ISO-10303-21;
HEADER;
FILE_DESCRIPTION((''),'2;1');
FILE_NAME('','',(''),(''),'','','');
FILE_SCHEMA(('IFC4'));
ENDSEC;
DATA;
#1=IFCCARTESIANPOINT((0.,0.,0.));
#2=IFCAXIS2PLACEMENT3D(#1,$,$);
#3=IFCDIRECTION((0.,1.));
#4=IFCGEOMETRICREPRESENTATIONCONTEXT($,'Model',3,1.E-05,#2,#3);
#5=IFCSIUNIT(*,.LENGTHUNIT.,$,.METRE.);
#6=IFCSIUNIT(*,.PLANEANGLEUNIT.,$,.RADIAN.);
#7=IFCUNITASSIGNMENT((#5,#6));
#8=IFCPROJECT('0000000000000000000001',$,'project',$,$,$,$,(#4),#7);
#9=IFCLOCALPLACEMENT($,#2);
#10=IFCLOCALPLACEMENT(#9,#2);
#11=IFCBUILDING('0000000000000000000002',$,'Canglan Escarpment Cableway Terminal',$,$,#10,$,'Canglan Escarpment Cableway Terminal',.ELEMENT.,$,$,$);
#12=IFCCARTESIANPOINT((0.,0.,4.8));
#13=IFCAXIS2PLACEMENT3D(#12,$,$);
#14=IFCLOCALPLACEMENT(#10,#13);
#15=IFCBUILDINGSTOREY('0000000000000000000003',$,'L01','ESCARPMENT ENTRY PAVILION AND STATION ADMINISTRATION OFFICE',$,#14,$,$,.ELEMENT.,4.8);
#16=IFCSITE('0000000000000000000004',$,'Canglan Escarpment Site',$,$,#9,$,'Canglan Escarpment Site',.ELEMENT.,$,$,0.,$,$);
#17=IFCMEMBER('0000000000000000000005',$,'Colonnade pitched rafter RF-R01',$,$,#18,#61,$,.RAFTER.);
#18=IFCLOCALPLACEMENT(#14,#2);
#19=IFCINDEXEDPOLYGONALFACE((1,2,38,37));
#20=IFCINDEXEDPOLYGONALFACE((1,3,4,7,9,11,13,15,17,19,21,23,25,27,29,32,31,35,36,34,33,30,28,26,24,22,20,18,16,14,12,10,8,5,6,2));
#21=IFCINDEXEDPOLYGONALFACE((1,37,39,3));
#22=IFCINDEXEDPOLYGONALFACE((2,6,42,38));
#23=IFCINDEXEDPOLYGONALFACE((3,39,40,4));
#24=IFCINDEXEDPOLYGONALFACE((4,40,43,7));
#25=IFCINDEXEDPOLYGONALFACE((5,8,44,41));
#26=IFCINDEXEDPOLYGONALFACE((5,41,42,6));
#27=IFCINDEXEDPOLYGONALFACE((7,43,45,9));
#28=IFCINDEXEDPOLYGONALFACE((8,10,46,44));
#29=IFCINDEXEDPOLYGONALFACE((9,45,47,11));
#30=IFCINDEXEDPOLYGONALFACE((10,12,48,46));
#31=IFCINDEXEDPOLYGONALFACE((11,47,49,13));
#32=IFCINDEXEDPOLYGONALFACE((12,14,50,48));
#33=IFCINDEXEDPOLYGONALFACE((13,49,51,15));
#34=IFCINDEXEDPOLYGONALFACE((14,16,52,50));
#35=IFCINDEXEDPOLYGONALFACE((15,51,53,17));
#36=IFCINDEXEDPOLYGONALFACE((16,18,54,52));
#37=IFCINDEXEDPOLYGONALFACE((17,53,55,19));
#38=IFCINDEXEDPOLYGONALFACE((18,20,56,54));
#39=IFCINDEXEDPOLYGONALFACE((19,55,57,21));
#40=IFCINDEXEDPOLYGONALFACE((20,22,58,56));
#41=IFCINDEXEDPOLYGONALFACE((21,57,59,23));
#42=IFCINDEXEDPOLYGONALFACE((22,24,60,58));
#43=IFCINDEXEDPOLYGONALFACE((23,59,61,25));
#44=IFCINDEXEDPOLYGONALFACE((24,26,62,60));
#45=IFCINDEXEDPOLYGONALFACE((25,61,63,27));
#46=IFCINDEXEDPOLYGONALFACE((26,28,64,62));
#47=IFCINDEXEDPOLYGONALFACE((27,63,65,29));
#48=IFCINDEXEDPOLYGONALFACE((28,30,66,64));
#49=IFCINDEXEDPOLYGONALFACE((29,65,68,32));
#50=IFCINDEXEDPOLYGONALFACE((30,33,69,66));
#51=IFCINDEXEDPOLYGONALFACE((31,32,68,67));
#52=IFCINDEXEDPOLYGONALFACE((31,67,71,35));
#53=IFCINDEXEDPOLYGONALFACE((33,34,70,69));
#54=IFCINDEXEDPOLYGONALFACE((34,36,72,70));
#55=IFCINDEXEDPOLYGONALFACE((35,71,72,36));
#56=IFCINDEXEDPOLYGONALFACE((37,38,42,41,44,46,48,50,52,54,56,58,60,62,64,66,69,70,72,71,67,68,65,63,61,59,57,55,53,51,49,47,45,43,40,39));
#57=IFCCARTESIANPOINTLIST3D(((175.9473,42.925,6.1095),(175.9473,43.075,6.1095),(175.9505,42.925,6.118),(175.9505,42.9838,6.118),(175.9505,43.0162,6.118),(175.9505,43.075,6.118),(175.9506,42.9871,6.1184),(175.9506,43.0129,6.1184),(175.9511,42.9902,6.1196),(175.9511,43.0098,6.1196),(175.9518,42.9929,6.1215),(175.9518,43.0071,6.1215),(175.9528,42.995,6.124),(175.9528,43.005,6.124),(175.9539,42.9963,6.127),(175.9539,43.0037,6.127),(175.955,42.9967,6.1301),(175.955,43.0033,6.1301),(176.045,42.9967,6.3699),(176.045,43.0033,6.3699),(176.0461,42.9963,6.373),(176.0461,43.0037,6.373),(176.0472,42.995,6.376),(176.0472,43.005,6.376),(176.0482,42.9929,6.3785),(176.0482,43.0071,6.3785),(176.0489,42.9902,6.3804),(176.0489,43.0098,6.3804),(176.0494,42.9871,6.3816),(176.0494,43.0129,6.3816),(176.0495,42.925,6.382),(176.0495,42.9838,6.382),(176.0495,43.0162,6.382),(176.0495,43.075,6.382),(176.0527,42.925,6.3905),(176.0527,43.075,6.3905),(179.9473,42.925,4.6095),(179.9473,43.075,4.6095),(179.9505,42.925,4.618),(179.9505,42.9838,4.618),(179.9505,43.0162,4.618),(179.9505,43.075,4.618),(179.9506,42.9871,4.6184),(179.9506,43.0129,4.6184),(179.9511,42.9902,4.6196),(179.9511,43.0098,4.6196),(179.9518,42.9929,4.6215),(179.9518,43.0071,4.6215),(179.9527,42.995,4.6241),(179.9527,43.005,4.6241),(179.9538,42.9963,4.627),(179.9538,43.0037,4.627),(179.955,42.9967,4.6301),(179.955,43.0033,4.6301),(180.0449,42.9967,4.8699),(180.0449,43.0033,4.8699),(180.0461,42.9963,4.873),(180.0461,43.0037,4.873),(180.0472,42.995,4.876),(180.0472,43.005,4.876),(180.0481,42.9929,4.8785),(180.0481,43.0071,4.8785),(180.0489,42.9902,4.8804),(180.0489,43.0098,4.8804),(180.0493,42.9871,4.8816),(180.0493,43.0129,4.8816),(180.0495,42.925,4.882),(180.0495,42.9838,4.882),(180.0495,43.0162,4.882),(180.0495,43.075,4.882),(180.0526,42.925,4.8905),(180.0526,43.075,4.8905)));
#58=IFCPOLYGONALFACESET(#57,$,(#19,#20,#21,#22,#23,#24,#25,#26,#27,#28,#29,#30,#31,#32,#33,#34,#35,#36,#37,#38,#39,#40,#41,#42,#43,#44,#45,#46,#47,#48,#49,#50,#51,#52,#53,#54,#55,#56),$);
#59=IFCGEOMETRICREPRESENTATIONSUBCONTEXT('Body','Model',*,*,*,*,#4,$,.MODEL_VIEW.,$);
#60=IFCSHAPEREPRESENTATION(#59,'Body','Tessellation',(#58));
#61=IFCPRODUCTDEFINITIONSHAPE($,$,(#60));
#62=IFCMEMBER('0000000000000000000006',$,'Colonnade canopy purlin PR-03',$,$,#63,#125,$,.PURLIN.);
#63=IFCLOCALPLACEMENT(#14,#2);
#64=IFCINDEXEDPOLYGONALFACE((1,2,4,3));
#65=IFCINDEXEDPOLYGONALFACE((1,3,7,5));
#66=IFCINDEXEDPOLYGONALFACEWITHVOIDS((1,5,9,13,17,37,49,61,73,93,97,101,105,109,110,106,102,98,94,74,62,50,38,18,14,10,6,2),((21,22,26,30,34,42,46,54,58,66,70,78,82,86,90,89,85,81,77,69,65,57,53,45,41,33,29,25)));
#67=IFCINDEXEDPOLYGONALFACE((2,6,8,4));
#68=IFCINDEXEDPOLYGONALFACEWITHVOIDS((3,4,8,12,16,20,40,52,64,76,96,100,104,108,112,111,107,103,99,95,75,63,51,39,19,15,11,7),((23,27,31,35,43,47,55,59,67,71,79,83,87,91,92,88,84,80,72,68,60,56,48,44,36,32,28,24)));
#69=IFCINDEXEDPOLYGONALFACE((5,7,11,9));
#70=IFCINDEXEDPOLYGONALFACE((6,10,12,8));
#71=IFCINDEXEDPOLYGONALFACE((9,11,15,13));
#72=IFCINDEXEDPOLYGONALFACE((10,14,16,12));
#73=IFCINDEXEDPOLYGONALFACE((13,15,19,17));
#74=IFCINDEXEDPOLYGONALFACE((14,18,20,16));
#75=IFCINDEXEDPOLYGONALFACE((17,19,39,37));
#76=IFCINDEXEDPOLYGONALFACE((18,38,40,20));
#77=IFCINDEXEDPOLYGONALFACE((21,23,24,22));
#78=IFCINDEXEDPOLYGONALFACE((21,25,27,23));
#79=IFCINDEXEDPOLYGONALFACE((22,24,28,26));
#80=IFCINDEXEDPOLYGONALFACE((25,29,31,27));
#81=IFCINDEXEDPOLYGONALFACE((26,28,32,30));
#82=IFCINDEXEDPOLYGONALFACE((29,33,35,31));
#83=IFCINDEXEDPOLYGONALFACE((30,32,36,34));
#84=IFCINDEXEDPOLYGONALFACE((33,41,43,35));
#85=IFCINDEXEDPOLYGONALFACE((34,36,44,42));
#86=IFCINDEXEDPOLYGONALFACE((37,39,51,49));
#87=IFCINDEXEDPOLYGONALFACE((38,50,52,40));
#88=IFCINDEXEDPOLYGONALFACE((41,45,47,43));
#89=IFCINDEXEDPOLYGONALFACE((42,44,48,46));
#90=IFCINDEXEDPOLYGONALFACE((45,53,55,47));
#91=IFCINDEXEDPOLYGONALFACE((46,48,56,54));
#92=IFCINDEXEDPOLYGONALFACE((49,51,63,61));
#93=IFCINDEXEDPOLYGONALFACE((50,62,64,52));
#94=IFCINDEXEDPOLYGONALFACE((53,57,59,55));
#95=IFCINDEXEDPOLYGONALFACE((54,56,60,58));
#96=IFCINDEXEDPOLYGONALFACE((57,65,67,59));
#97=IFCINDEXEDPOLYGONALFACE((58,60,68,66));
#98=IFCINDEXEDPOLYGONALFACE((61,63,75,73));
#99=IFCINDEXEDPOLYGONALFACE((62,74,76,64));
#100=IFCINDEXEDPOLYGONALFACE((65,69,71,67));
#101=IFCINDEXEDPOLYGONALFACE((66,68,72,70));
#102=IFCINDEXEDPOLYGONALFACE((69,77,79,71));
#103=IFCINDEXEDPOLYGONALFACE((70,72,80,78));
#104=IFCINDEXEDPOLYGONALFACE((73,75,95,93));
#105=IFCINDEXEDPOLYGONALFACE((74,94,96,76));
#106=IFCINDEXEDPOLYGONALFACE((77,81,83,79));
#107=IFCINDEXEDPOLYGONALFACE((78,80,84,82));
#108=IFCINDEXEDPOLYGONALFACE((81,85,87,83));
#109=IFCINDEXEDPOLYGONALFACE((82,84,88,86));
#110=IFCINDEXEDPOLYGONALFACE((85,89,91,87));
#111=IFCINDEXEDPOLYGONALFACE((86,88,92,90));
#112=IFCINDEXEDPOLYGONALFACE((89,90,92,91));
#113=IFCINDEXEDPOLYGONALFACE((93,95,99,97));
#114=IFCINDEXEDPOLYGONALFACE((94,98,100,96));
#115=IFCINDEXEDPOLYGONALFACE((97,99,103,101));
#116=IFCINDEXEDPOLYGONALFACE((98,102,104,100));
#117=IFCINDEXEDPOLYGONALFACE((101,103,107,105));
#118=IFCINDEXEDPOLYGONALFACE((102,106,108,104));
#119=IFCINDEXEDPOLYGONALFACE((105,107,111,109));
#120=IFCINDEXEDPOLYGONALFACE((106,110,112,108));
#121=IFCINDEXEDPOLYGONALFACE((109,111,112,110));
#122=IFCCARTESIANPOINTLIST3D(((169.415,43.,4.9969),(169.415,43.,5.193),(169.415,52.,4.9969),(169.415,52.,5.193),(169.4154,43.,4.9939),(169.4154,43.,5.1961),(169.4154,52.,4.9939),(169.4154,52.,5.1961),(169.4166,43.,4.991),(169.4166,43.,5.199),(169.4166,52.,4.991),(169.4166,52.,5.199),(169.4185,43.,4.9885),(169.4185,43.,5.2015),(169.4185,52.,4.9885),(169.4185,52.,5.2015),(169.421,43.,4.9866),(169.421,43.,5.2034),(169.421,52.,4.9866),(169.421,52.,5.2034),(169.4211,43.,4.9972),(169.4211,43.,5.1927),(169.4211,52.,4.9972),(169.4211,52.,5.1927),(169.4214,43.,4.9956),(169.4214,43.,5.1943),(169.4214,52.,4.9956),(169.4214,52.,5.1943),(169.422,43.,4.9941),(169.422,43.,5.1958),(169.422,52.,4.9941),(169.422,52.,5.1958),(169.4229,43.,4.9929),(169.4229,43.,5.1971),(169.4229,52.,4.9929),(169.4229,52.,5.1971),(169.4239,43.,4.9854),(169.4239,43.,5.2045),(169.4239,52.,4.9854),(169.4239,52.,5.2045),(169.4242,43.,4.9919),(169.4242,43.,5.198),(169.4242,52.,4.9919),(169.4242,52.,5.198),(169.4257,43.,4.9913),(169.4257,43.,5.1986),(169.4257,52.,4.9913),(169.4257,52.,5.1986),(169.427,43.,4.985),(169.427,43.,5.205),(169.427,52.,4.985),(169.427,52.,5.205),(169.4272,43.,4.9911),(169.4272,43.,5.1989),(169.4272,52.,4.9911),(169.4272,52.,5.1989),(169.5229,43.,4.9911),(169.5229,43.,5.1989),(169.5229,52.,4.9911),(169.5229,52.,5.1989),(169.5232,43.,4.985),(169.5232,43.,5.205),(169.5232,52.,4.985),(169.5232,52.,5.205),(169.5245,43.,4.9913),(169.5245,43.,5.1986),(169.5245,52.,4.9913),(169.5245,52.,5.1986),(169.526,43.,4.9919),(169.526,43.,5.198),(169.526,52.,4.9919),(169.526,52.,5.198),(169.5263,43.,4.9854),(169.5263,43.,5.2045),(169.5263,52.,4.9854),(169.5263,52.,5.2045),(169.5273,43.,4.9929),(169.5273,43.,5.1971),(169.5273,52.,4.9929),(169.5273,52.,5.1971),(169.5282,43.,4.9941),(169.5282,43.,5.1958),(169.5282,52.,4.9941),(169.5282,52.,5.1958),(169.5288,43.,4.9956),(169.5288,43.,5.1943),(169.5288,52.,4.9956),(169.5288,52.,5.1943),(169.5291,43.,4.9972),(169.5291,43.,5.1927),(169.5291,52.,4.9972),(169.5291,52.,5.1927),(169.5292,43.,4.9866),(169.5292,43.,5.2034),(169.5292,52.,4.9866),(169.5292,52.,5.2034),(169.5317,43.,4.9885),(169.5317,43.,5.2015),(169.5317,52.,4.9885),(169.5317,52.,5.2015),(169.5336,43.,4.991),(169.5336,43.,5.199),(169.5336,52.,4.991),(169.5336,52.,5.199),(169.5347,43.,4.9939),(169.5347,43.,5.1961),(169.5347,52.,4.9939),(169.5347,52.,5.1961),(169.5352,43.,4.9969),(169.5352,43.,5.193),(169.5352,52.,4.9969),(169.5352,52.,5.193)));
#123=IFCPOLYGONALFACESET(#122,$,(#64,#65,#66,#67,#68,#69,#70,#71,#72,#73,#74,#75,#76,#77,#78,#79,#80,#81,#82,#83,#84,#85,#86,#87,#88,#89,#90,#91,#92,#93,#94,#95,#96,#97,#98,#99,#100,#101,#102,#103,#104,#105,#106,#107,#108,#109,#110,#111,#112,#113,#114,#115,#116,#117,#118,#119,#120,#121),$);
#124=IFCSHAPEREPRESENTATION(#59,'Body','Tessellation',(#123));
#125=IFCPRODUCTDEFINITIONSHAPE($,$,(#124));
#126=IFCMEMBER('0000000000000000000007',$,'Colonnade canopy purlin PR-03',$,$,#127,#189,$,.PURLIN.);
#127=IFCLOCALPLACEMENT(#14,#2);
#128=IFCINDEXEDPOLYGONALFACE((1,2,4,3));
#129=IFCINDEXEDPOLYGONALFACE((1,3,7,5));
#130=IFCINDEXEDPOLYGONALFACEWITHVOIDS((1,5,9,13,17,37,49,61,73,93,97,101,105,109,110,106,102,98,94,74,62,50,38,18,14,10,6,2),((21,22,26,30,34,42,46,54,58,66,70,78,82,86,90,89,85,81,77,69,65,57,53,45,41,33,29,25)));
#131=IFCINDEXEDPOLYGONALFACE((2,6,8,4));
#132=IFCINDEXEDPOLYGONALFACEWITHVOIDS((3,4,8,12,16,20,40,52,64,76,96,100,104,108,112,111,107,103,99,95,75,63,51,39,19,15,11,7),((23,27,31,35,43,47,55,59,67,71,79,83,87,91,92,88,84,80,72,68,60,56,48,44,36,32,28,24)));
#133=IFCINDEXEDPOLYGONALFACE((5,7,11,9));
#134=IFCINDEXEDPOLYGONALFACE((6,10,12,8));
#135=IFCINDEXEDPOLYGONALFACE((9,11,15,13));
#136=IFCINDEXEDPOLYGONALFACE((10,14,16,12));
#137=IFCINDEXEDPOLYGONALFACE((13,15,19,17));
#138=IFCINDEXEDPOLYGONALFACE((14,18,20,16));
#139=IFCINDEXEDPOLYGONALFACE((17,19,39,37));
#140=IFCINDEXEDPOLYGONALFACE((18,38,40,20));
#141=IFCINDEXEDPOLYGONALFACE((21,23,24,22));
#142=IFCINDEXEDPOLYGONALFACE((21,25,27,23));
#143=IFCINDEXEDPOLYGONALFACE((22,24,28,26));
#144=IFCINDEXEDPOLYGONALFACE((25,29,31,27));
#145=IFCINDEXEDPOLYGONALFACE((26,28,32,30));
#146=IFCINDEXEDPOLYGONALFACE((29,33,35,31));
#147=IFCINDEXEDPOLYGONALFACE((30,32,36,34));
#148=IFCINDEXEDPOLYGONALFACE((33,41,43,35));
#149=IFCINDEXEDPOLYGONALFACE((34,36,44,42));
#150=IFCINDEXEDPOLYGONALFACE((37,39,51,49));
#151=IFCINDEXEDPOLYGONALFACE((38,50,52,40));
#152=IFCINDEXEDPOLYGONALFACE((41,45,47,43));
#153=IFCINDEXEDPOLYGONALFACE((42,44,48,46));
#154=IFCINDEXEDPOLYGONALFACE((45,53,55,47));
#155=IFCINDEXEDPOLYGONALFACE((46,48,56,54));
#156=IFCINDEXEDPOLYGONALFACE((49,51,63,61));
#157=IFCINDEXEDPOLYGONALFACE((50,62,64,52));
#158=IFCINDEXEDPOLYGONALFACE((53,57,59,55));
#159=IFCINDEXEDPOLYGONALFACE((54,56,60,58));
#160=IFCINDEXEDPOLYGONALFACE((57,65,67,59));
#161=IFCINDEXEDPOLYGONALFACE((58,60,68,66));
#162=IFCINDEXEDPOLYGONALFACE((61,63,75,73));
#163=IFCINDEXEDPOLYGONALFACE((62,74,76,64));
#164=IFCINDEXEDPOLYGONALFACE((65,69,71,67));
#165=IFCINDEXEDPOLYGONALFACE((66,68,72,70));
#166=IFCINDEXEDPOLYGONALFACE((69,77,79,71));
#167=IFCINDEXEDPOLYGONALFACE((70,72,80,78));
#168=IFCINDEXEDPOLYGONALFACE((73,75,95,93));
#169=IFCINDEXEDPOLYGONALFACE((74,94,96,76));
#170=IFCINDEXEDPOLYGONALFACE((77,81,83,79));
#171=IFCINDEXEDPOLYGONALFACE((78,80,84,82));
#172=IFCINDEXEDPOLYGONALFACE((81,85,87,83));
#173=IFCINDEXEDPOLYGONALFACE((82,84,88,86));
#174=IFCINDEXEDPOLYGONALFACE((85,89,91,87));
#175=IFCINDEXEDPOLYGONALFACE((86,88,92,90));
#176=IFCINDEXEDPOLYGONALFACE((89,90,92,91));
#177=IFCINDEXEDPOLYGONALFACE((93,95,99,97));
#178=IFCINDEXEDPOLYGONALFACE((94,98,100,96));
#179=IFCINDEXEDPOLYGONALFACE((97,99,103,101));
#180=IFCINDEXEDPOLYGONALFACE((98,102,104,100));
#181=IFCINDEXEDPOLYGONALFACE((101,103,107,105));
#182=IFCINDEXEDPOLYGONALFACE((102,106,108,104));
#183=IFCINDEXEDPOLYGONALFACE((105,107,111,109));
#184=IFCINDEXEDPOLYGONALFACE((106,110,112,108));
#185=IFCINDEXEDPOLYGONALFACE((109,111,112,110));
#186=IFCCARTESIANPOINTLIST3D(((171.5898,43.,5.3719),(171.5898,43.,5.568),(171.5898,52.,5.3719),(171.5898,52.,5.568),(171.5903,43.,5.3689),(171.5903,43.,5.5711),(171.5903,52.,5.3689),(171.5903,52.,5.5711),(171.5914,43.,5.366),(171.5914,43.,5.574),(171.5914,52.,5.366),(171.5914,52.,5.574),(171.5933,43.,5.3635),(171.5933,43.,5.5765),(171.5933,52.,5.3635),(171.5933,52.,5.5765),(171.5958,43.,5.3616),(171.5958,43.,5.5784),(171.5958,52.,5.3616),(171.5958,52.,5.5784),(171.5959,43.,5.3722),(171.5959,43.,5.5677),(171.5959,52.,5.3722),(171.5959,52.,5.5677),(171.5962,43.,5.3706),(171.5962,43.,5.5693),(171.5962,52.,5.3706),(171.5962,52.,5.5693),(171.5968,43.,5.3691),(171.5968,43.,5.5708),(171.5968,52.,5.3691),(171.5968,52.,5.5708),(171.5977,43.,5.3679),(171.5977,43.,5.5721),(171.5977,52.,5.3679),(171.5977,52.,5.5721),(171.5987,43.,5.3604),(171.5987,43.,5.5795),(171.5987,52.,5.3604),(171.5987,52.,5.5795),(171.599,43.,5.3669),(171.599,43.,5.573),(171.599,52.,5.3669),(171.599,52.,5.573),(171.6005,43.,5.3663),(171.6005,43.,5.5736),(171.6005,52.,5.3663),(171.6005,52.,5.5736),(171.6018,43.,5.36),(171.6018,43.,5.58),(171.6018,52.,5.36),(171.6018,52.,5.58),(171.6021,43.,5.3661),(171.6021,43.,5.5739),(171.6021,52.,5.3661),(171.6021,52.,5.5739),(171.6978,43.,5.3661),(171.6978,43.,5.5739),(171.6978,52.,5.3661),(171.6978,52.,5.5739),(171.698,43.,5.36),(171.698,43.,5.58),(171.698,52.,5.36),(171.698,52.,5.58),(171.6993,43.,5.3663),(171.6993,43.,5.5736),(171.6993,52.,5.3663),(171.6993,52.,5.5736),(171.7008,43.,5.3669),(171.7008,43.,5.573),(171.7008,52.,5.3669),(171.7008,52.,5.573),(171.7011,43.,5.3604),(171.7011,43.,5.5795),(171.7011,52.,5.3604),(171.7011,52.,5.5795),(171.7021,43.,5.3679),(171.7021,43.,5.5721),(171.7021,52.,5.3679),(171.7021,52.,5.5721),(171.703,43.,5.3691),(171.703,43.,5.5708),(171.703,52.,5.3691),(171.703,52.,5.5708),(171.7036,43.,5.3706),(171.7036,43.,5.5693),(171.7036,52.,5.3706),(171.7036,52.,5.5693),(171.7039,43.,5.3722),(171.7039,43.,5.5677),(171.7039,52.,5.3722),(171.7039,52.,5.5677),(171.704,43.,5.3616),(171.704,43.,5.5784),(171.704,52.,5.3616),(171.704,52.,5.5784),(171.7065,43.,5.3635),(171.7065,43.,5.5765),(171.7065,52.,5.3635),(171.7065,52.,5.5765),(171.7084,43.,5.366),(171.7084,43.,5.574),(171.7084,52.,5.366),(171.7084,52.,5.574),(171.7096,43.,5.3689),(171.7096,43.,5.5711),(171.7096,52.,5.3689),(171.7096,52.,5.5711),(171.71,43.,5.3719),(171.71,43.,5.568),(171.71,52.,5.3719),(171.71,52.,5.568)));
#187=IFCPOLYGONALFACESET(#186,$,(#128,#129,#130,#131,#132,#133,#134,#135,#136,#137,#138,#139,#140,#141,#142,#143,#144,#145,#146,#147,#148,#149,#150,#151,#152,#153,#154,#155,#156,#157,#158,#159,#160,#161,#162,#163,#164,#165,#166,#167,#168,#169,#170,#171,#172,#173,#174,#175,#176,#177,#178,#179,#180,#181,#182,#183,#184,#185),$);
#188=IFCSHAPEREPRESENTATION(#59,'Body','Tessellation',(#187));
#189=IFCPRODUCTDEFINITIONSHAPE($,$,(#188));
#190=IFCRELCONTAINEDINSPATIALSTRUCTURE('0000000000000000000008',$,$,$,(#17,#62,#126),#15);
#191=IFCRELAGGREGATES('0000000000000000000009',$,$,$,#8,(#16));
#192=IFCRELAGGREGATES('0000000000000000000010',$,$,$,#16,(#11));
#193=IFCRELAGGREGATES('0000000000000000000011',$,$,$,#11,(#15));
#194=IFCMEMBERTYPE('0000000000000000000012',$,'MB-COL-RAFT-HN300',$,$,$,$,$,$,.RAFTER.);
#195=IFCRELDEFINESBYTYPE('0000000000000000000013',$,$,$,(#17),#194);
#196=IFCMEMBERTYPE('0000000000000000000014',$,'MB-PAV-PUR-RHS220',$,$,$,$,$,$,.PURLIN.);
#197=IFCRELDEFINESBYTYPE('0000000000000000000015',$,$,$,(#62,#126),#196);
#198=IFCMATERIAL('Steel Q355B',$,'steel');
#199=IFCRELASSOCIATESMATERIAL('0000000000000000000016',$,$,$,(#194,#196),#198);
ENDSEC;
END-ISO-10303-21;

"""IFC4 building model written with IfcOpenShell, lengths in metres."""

from ifc_helpers import new_model, si_unit, direction, frame, origin, origin_2d, place, context, subcontext, project, spatial, hollow_rectangle, i_section, extrude, material, material_profile, profile_set, type_object, element, save


model = new_model("IFC4")

# Units and contexts
model_context = context("Model", 3, precision=1e-05, world=origin(), true_north=direction((0.0, 1.0)))
body_context = subcontext(model_context, "Body", "Model", "MODEL_VIEW")
ifc_project = project(units=[si_unit("LENGTHUNIT", "METRE"), si_unit("PLANEANGLEUNIT", "RADIAN")], contexts=[model_context])

# Site, building, storey
site_placement = place(None, origin())
site = spatial("IfcSite", under=ifc_project, at=site_placement, Name="Canglan Escarpment Site", LongName="Canglan Escarpment Site", CompositionType="ELEMENT", RefElevation=0.0)
building_placement = place(site_placement, origin())
building = spatial("IfcBuilding", under=site, at=building_placement, Name="Canglan Escarpment Cableway Terminal", LongName="Canglan Escarpment Cableway Terminal", CompositionType="ELEMENT")
storey_placement = place(building_placement, frame((0.0, 0.0, 4.8)))
storey = spatial("IfcBuildingStorey", under=building, at=storey_placement, Name="L01", Description="ESCARPMENT ENTRY PAVILION AND STATION ADMINISTRATION OFFICE", CompositionType="ELEMENT", Elevation=4.8)

# Shared definitions
ifc_material_1 = material(Name="Steel Q355B", Category="steel")

# Members
ifc_material_profile_1 = material_profile(ifc_material_1, i_section(OverallWidth=0.1499, OverallDepth=0.3, WebThickness=0.0066, FlangeThickness=0.009, FilletRadius=0.0129, at=origin_2d()), Name="HN 300x150x6.5x9")
ifc_profile_set_1 = profile_set([ifc_material_profile_1], Name="Steel Q355B")
member_type_1 = type_object("IfcMemberType", Name="MB-COL-RAFT-HN300", PredefinedType="RAFTER", material=ifc_profile_set_1)
member_1_placement = place(storey_placement, frame((176.0, 43.0, 6.25), z_axis=(0.936329, 0.0, -0.351123), x_axis=(0.0, 1.0, 0.0)))
element("IfcMember", 1, at=member_1_placement, inside=storey, type_object=member_type_1, Name="Colonnade pitched rafter RF-R01", PredefinedType="RAFTER", context=body_context, shape_type="SweptSolid", body=[
    extrude(i_section(OverallWidth=0.1499, OverallDepth=0.3, WebThickness=0.0066, FlangeThickness=0.009, FilletRadius=0.0129, at=origin_2d()), origin(), (0.0, 0.0, 1.0), 4.272),
])
ifc_material_profile_2 = material_profile(ifc_material_1, hollow_rectangle(XDim=0.1201, YDim=0.22, WallThickness=0.0061, InnerFilletRadius=0.0061, OuterFilletRadius=0.012, at=origin_2d()), Name="RHS 220x120x6")
ifc_profile_set_2 = profile_set([ifc_material_profile_2], Name="Steel Q355B")
member_type_2 = type_object("IfcMemberType", Name="MB-PAV-PUR-RHS220", PredefinedType="PURLIN", material=ifc_profile_set_2)
for number, where, z_axis, x_axis, name in (
    (2, (169.4751, 43.0, 5.095), (0.0, 1.0, 0.0), (-1.0, 0.0, 0.0), "Colonnade canopy purlin PR-03"),
    (3, (171.6499, 43.0, 5.47), (0.0, 1.0, 0.0), (-1.0, 0.0, 0.0), "Colonnade canopy purlin PR-03"),
):
    element("IfcMember", number, at=place(storey_placement, frame(where, z_axis=z_axis, x_axis=x_axis)), inside=storey, type_object=member_type_2, Name=name, PredefinedType="PURLIN", context=body_context, shape_type="SweptSolid", body=[
        extrude(hollow_rectangle(XDim=0.1201, YDim=0.22, WallThickness=0.0061, InnerFilletRadius=0.0061, OuterFilletRadius=0.012, at=origin_2d()), origin(), (0.0, 0.0, 1.0), 9.0),
    ])

save(model, "model.ifc")
